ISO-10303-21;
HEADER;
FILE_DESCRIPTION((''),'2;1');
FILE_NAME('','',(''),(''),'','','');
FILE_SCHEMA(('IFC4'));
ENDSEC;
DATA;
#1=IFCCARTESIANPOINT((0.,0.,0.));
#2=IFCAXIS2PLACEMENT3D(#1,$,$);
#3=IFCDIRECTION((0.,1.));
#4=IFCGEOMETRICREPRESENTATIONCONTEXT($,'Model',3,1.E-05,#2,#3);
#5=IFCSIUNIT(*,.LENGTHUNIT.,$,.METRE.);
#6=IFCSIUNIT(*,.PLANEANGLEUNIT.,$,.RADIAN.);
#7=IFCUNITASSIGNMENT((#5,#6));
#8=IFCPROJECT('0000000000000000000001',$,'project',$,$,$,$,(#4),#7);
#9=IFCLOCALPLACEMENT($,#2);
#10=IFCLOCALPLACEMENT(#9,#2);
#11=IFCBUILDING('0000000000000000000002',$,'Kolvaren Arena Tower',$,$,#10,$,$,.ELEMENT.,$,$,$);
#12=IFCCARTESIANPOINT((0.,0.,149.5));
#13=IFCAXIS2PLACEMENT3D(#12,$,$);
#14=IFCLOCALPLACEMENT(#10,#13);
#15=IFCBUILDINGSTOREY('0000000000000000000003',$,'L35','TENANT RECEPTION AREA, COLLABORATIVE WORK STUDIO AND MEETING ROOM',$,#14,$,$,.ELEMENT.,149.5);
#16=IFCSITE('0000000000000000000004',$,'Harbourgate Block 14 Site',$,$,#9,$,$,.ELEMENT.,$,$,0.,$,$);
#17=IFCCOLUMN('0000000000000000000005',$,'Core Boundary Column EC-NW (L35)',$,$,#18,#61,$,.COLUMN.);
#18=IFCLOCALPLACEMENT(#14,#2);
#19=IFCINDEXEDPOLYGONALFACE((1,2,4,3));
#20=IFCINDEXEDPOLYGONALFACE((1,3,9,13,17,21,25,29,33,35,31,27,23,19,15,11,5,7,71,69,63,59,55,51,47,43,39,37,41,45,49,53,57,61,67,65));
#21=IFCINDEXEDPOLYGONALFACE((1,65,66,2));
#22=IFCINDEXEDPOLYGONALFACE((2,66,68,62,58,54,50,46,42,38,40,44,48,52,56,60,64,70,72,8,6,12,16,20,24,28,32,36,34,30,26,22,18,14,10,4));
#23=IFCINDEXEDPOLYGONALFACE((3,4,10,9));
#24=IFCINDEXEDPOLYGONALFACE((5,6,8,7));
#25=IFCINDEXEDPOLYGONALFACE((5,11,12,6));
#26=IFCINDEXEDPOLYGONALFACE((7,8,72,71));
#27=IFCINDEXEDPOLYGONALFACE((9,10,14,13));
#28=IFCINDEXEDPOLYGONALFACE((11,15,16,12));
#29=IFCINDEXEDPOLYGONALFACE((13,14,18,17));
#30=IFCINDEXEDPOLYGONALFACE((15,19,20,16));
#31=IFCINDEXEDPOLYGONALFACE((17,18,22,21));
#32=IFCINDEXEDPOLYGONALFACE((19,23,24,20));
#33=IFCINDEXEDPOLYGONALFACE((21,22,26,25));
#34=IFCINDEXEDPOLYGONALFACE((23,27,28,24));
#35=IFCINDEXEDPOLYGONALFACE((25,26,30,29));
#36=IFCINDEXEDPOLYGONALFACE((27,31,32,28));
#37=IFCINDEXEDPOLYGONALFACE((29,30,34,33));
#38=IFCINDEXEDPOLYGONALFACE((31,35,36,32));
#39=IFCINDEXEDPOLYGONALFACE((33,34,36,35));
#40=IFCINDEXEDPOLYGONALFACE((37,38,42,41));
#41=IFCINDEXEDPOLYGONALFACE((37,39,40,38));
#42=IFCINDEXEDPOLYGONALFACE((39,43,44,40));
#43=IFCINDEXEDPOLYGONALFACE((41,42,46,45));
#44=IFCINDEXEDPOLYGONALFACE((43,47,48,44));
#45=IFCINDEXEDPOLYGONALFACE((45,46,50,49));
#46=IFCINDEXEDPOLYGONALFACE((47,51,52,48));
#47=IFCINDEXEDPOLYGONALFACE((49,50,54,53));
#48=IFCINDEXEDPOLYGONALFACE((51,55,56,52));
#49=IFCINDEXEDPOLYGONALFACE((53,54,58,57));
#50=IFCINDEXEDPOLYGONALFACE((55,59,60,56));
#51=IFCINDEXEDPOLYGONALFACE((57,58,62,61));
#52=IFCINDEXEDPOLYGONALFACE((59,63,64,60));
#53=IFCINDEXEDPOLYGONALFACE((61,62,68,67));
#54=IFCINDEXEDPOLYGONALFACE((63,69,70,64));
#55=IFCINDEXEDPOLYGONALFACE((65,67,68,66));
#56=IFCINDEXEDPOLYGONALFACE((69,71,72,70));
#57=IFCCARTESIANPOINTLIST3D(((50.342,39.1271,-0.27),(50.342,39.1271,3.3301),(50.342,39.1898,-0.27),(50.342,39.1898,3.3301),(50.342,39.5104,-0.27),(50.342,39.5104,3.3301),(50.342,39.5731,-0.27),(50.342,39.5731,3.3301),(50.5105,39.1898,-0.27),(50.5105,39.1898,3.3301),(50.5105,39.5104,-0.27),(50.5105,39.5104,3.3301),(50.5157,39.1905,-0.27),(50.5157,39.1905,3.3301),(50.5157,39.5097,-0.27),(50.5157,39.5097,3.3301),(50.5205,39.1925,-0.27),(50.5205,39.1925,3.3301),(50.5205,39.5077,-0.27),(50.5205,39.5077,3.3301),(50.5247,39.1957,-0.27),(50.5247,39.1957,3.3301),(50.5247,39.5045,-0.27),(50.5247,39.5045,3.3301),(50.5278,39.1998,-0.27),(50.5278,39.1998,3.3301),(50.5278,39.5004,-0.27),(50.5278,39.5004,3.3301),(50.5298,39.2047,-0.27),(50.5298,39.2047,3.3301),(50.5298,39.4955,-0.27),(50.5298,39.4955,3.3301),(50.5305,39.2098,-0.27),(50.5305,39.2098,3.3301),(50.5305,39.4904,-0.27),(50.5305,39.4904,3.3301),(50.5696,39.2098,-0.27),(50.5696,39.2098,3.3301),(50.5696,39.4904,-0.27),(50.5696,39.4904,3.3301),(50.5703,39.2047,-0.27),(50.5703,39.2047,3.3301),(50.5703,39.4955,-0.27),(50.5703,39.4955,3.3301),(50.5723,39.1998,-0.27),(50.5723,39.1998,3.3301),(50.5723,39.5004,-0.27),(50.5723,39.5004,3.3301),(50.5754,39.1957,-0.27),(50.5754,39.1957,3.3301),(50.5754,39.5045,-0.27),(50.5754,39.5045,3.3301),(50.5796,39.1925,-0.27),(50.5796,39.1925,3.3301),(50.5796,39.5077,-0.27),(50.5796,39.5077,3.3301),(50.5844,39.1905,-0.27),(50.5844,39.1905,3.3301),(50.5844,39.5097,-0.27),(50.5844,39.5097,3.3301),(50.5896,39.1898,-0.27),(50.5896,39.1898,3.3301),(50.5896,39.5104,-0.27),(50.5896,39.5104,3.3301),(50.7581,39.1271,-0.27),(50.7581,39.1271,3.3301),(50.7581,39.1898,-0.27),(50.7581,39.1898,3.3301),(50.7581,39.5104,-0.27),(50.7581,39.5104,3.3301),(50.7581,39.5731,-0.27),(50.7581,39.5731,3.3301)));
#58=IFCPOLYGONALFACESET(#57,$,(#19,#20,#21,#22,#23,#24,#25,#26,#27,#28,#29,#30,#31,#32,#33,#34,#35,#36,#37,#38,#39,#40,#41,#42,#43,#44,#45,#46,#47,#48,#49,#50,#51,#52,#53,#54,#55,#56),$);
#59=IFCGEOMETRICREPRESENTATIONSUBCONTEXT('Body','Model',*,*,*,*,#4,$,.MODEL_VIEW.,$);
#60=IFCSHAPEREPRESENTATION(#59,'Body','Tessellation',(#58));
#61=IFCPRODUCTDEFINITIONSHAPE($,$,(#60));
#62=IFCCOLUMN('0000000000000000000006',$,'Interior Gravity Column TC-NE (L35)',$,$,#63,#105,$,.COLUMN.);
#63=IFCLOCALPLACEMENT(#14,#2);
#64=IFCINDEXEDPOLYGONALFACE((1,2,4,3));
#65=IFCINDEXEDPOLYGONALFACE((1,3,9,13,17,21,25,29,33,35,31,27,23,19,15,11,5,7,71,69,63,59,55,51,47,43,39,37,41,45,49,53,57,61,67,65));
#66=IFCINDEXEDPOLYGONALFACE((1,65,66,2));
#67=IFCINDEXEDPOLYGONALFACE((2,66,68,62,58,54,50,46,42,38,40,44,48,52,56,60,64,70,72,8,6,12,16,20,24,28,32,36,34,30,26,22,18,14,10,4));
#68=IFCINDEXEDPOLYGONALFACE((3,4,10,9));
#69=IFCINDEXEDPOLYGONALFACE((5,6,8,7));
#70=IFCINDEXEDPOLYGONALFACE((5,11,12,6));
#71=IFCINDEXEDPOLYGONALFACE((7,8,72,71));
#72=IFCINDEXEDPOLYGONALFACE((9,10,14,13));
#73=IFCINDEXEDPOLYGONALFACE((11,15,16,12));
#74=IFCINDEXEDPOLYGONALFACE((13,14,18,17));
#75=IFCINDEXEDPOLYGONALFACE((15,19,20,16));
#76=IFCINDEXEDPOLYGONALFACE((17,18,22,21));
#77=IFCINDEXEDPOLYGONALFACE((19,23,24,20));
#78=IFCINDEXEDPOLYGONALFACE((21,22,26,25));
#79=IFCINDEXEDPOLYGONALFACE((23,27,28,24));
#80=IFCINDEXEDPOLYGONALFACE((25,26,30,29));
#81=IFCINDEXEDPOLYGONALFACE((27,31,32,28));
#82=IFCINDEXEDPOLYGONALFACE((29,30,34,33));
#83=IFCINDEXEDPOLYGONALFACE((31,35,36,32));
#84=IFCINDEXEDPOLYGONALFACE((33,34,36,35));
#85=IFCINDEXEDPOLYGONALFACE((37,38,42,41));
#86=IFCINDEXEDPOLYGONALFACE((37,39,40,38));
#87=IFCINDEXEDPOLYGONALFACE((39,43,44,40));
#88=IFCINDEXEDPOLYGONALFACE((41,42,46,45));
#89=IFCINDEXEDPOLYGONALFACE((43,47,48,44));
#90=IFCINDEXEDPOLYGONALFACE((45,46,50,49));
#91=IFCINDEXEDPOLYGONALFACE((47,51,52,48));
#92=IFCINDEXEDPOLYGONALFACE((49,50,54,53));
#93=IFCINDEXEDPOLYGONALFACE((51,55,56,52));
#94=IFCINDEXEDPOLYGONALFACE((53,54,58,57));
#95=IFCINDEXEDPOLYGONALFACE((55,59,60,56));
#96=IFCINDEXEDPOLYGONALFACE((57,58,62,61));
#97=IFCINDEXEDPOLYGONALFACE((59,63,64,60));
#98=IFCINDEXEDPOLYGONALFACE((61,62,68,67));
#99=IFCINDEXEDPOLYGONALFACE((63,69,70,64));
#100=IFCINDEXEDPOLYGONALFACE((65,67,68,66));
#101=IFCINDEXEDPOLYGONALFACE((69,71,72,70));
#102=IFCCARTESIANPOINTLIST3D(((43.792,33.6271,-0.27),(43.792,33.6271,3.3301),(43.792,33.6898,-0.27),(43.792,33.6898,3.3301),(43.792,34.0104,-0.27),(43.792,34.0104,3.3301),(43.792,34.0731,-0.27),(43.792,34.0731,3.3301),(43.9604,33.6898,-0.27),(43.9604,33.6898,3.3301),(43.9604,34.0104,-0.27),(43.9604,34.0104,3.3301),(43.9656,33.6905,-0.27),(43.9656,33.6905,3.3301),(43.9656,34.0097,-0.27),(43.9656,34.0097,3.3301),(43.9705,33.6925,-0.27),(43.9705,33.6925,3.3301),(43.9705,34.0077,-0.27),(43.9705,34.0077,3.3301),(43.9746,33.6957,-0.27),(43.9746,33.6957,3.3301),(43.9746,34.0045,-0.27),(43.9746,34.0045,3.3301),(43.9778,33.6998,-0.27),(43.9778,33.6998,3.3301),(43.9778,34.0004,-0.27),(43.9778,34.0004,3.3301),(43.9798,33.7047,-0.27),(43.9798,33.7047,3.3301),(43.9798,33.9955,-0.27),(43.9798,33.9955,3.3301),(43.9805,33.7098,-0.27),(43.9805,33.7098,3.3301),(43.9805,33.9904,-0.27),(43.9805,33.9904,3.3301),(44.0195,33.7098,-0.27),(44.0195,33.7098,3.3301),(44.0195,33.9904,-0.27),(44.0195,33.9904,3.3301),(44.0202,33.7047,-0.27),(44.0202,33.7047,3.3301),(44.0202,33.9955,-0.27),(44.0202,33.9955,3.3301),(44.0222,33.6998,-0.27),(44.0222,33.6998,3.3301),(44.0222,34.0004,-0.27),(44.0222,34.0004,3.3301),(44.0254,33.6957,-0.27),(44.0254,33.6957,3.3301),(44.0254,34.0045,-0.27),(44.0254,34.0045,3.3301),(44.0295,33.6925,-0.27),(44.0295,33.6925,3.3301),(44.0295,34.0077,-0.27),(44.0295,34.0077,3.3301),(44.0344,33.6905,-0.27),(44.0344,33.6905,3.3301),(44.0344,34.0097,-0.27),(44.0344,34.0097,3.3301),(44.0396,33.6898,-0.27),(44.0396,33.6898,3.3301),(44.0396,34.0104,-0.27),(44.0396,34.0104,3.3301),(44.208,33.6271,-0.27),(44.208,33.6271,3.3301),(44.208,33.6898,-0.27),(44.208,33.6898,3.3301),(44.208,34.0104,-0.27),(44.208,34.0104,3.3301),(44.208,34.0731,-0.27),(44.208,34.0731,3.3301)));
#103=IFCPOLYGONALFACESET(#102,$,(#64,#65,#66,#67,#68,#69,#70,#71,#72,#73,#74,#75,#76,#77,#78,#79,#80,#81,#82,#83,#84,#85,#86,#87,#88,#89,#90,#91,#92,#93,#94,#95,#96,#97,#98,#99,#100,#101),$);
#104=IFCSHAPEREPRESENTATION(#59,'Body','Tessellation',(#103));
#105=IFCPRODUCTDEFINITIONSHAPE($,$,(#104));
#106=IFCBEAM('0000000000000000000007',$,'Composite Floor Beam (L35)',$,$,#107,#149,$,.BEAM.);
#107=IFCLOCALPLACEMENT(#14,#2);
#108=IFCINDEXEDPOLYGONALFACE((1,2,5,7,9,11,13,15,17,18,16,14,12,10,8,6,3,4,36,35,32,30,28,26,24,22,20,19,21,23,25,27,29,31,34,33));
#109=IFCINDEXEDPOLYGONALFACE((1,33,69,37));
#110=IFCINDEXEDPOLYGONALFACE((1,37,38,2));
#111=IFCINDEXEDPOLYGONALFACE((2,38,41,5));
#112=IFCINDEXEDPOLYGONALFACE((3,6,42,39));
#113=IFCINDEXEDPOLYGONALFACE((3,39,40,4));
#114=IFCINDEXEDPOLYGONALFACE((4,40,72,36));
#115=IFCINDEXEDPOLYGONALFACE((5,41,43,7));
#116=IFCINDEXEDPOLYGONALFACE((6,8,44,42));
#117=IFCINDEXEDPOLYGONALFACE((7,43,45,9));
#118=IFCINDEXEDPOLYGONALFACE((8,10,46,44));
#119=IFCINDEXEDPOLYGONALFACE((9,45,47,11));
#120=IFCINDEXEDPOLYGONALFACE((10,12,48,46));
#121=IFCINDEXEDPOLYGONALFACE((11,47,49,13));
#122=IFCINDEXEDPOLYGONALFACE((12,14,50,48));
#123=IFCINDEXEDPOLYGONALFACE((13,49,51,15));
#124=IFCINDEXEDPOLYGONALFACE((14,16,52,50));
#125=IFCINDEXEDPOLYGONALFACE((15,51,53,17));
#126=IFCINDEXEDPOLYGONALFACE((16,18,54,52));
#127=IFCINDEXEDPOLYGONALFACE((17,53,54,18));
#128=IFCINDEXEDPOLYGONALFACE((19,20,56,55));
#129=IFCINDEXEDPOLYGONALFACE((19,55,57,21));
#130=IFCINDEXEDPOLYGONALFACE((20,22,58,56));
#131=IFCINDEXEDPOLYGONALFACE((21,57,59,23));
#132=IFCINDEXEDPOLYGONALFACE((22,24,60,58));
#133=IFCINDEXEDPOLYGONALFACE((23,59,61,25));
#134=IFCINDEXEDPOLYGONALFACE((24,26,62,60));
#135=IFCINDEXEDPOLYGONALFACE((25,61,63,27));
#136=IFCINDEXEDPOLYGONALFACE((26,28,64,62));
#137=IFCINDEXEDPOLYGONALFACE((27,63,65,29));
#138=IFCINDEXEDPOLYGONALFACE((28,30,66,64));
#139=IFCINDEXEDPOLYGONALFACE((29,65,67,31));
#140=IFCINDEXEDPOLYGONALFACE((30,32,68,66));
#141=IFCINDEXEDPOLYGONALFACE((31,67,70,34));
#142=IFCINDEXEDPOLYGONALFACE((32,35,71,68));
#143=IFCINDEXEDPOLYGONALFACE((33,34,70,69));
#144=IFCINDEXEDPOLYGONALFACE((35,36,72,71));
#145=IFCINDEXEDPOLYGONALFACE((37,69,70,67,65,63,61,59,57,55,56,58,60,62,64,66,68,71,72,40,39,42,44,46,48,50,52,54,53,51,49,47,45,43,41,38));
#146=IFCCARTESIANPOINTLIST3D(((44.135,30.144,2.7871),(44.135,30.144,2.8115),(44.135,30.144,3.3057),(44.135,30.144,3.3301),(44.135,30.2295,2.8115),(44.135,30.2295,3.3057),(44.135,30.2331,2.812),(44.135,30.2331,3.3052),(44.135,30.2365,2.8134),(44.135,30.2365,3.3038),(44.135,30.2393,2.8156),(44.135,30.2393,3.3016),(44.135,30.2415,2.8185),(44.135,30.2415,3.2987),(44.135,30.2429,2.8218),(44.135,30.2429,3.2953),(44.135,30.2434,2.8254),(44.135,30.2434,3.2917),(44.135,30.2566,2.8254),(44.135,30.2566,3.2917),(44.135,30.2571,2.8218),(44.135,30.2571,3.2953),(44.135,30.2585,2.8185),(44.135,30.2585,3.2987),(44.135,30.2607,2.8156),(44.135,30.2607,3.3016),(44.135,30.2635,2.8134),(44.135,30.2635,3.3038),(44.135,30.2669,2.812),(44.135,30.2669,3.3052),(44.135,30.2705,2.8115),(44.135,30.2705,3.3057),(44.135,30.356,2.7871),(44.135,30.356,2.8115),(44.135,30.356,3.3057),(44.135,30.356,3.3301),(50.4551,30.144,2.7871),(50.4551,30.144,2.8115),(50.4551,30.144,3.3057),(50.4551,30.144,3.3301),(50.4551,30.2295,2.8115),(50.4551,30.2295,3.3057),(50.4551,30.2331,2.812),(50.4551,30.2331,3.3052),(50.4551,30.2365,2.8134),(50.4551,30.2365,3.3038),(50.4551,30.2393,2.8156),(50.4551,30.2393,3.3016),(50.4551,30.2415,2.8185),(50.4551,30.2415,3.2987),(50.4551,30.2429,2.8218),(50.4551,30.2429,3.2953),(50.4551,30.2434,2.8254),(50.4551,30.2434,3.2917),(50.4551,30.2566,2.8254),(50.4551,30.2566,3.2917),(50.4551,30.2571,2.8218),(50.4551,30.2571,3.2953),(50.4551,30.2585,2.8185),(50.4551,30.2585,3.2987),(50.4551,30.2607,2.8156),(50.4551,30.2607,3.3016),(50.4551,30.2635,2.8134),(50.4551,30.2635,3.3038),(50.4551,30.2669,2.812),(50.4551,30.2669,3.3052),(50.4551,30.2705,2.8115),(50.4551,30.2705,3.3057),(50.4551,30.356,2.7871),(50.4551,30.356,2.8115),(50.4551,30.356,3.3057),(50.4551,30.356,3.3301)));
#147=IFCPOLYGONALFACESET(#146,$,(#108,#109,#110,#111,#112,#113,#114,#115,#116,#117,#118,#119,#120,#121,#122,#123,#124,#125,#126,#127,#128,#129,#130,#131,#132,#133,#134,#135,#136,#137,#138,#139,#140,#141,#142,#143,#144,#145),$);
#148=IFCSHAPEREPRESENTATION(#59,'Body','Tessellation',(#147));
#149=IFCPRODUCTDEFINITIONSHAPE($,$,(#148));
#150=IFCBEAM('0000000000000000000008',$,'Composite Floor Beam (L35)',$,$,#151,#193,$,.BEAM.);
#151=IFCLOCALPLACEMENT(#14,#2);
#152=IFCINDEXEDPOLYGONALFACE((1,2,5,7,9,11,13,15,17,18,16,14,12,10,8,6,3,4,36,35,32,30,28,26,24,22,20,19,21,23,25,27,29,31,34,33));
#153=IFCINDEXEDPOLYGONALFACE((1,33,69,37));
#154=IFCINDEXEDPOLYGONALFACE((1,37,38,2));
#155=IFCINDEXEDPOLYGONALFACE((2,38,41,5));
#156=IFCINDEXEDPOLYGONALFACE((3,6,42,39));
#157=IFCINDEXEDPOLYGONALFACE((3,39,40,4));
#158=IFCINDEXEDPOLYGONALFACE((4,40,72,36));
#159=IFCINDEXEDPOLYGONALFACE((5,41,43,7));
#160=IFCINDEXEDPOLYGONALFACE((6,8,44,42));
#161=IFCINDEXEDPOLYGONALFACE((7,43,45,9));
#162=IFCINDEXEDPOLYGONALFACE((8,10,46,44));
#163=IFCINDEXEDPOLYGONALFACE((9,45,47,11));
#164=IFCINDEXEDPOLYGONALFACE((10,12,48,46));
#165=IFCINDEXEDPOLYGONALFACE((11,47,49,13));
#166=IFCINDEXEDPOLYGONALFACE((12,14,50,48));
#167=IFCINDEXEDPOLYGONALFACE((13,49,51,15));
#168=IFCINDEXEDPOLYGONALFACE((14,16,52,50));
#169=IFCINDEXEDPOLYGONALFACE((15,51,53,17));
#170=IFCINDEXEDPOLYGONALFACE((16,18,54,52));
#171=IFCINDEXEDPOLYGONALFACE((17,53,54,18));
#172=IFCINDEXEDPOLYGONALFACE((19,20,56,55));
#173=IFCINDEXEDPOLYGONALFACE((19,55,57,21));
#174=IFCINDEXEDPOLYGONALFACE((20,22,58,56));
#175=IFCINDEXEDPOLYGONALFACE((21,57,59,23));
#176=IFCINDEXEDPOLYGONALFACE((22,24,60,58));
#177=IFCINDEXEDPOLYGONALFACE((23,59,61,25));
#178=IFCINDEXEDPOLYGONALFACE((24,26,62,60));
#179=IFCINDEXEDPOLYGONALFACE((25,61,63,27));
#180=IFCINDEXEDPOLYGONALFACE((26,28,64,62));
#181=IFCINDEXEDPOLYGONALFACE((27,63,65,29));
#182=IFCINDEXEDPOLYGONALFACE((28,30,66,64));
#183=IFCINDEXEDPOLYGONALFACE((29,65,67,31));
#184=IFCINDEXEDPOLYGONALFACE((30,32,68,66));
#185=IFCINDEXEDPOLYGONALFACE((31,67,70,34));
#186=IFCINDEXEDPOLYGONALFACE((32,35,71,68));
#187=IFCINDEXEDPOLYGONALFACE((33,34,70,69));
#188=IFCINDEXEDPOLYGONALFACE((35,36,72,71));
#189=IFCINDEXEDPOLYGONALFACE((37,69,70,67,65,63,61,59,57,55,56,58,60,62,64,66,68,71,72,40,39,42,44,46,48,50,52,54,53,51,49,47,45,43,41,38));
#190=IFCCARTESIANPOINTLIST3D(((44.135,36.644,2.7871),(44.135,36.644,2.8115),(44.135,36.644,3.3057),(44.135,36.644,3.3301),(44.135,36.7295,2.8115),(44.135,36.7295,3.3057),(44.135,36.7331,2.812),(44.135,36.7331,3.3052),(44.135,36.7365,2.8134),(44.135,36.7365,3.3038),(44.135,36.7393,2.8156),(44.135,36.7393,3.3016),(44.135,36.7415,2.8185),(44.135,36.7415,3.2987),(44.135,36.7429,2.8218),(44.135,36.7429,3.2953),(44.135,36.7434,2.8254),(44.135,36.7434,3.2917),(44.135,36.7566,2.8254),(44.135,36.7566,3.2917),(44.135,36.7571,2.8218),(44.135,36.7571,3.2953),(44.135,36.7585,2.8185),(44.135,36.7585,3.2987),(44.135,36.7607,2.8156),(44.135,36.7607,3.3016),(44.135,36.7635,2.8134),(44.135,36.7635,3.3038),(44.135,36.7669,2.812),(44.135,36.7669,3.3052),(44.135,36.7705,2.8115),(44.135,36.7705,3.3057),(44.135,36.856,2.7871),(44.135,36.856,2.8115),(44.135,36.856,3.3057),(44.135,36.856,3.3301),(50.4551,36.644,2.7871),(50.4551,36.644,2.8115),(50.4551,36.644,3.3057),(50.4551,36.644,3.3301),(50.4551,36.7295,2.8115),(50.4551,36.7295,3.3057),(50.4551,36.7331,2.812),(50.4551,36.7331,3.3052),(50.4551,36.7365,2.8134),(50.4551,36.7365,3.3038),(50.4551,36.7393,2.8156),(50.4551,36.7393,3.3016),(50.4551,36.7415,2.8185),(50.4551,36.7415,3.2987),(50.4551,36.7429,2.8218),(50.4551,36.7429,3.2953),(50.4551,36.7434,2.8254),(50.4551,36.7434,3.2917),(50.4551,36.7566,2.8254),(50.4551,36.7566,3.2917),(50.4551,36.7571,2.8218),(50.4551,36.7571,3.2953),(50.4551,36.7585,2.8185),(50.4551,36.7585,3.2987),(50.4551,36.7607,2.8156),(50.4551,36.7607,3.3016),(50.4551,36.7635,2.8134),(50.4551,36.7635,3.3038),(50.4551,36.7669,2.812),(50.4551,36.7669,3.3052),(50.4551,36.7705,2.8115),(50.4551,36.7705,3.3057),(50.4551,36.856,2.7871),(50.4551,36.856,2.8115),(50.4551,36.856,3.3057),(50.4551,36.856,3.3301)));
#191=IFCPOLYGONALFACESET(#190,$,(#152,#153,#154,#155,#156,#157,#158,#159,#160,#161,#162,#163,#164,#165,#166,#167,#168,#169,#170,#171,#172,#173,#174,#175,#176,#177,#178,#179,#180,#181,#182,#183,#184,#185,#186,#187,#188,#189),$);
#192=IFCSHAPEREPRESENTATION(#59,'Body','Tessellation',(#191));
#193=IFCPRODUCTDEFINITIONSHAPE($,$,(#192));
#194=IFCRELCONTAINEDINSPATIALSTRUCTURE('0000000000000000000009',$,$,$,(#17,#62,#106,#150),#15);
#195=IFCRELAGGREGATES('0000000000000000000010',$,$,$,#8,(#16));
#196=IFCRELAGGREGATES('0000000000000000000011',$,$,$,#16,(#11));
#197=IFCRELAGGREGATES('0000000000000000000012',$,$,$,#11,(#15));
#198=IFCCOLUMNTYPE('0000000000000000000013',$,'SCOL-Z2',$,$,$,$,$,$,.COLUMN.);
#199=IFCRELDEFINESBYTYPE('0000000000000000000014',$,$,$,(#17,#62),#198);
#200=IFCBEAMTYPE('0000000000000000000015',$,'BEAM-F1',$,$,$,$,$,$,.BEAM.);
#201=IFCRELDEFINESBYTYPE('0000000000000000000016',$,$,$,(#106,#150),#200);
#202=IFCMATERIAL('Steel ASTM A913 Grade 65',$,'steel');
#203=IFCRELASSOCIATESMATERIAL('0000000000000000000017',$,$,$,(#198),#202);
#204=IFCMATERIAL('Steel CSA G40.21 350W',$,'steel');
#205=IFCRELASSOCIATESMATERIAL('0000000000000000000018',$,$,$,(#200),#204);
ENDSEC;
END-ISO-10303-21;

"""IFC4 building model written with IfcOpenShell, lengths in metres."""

from ifc_helpers import new_model, si_unit, direction, frame, origin, origin_2d, place, context, subcontext, project, spatial, i_section, extrude, material, material_profile, profile_set, type_object, element, save


model = new_model("IFC4")

# Units and contexts
model_context = context("Model", 3, precision=1e-05, world=origin(), true_north=direction((0.0, 1.0)))
body_context = subcontext(model_context, "Body", "Model", "MODEL_VIEW")
ifc_project = project(units=[si_unit("LENGTHUNIT", "METRE"), si_unit("PLANEANGLEUNIT", "RADIAN")], contexts=[model_context])

# Site, building, storey
site_placement = place(None, origin())
site = spatial("IfcSite", under=ifc_project, at=site_placement, Name="Harbourgate Block 14 Site", CompositionType="ELEMENT", RefElevation=0.0)
building_placement = place(site_placement, origin())
building = spatial("IfcBuilding", under=site, at=building_placement, Name="Kolvaren Arena Tower", CompositionType="ELEMENT")
storey_placement = place(building_placement, frame((0.0, 0.0, 149.5)))
storey = spatial("IfcBuildingStorey", under=building, at=storey_placement, Name="L35", Description="TENANT RECEPTION AREA, COLLABORATIVE WORK STUDIO AND MEETING ROOM", CompositionType="ELEMENT", Elevation=149.5)

# Columns
ifc_material_1 = material(Name="Steel ASTM A913 Grade 65", Category="steel")
ifc_material_profile_1 = material_profile(ifc_material_1, i_section(OverallWidth=0.416, OverallDepth=0.446, WebThickness=0.0391, FlangeThickness=0.0627, FilletRadius=0.02, at=origin_2d()), Name="W360x509")
ifc_profile_set_1 = profile_set([ifc_material_profile_1], Name="Steel ASTM A913 Grade 65")
column_type = type_object("IfcColumnType", Name="SCOL-Z2", PredefinedType="COLUMN", material=ifc_profile_set_1)
for number, where, z_axis, x_axis, name in (
    (1, (50.55, 39.3501, -0.27), (0.0, 0.0, 1.0), (1.0, 0.0, 0.0), "Core Boundary Column EC-NW (L35)"),
    (2, (44.0, 33.8501, -0.27), (0.0, 0.0, 1.0), (1.0, 0.0, 0.0), "Interior Gravity Column TC-NE (L35)"),
):
    element("IfcColumn", number, at=place(storey_placement, frame(where, z_axis=z_axis, x_axis=x_axis)), inside=storey, type_object=column_type, Name=name, PredefinedType="COLUMN", context=body_context, shape_type="SweptSolid", body=[
        extrude(i_section(OverallWidth=0.416, OverallDepth=0.446, WebThickness=0.0391, FlangeThickness=0.0627, FilletRadius=0.02, at=origin_2d()), origin(), (0.0, 0.0, 1.0), 3.6001),
    ])

# Beams
ifc_material_2 = material(Name="Steel CSA G40.21 350W", Category="steel")
ifc_material_profile_2 = material_profile(ifc_material_2, i_section(OverallWidth=0.2119, OverallDepth=0.543, WebThickness=0.0132, FlangeThickness=0.0244, FilletRadius=0.0139, at=origin_2d()), Name="W530x150")
ifc_profile_set_2 = profile_set([ifc_material_profile_2], Name="Steel CSA G40.21 350W")
beam_type_1 = type_object("IfcBeamType", Name="BEAM-F1", PredefinedType="BEAM", material=ifc_profile_set_2)
for number, where, z_axis, x_axis, name in (
    (3, (44.135, 30.25, 3.0586), (1.0, 0.0, 0.0), (0.0, 1.0, 0.0), "Composite Floor Beam (L35)"),
    (4, (44.135, 36.75, 3.0586), (1.0, 0.0, 0.0), (0.0, 1.0, 0.0), "Composite Floor Beam (L35)"),
):
    element("IfcBeam", number, at=place(storey_placement, frame(where, z_axis=z_axis, x_axis=x_axis)), inside=storey, type_object=beam_type_1, Name=name, PredefinedType="BEAM", context=body_context, shape_type="SweptSolid", body=[
        extrude(i_section(OverallWidth=0.2119, OverallDepth=0.543, WebThickness=0.0132, FlangeThickness=0.0244, FilletRadius=0.0139, at=origin_2d()), origin(), (0.0, 0.0, 1.0), 6.3201),
    ])

save(model, "model.ifc")
